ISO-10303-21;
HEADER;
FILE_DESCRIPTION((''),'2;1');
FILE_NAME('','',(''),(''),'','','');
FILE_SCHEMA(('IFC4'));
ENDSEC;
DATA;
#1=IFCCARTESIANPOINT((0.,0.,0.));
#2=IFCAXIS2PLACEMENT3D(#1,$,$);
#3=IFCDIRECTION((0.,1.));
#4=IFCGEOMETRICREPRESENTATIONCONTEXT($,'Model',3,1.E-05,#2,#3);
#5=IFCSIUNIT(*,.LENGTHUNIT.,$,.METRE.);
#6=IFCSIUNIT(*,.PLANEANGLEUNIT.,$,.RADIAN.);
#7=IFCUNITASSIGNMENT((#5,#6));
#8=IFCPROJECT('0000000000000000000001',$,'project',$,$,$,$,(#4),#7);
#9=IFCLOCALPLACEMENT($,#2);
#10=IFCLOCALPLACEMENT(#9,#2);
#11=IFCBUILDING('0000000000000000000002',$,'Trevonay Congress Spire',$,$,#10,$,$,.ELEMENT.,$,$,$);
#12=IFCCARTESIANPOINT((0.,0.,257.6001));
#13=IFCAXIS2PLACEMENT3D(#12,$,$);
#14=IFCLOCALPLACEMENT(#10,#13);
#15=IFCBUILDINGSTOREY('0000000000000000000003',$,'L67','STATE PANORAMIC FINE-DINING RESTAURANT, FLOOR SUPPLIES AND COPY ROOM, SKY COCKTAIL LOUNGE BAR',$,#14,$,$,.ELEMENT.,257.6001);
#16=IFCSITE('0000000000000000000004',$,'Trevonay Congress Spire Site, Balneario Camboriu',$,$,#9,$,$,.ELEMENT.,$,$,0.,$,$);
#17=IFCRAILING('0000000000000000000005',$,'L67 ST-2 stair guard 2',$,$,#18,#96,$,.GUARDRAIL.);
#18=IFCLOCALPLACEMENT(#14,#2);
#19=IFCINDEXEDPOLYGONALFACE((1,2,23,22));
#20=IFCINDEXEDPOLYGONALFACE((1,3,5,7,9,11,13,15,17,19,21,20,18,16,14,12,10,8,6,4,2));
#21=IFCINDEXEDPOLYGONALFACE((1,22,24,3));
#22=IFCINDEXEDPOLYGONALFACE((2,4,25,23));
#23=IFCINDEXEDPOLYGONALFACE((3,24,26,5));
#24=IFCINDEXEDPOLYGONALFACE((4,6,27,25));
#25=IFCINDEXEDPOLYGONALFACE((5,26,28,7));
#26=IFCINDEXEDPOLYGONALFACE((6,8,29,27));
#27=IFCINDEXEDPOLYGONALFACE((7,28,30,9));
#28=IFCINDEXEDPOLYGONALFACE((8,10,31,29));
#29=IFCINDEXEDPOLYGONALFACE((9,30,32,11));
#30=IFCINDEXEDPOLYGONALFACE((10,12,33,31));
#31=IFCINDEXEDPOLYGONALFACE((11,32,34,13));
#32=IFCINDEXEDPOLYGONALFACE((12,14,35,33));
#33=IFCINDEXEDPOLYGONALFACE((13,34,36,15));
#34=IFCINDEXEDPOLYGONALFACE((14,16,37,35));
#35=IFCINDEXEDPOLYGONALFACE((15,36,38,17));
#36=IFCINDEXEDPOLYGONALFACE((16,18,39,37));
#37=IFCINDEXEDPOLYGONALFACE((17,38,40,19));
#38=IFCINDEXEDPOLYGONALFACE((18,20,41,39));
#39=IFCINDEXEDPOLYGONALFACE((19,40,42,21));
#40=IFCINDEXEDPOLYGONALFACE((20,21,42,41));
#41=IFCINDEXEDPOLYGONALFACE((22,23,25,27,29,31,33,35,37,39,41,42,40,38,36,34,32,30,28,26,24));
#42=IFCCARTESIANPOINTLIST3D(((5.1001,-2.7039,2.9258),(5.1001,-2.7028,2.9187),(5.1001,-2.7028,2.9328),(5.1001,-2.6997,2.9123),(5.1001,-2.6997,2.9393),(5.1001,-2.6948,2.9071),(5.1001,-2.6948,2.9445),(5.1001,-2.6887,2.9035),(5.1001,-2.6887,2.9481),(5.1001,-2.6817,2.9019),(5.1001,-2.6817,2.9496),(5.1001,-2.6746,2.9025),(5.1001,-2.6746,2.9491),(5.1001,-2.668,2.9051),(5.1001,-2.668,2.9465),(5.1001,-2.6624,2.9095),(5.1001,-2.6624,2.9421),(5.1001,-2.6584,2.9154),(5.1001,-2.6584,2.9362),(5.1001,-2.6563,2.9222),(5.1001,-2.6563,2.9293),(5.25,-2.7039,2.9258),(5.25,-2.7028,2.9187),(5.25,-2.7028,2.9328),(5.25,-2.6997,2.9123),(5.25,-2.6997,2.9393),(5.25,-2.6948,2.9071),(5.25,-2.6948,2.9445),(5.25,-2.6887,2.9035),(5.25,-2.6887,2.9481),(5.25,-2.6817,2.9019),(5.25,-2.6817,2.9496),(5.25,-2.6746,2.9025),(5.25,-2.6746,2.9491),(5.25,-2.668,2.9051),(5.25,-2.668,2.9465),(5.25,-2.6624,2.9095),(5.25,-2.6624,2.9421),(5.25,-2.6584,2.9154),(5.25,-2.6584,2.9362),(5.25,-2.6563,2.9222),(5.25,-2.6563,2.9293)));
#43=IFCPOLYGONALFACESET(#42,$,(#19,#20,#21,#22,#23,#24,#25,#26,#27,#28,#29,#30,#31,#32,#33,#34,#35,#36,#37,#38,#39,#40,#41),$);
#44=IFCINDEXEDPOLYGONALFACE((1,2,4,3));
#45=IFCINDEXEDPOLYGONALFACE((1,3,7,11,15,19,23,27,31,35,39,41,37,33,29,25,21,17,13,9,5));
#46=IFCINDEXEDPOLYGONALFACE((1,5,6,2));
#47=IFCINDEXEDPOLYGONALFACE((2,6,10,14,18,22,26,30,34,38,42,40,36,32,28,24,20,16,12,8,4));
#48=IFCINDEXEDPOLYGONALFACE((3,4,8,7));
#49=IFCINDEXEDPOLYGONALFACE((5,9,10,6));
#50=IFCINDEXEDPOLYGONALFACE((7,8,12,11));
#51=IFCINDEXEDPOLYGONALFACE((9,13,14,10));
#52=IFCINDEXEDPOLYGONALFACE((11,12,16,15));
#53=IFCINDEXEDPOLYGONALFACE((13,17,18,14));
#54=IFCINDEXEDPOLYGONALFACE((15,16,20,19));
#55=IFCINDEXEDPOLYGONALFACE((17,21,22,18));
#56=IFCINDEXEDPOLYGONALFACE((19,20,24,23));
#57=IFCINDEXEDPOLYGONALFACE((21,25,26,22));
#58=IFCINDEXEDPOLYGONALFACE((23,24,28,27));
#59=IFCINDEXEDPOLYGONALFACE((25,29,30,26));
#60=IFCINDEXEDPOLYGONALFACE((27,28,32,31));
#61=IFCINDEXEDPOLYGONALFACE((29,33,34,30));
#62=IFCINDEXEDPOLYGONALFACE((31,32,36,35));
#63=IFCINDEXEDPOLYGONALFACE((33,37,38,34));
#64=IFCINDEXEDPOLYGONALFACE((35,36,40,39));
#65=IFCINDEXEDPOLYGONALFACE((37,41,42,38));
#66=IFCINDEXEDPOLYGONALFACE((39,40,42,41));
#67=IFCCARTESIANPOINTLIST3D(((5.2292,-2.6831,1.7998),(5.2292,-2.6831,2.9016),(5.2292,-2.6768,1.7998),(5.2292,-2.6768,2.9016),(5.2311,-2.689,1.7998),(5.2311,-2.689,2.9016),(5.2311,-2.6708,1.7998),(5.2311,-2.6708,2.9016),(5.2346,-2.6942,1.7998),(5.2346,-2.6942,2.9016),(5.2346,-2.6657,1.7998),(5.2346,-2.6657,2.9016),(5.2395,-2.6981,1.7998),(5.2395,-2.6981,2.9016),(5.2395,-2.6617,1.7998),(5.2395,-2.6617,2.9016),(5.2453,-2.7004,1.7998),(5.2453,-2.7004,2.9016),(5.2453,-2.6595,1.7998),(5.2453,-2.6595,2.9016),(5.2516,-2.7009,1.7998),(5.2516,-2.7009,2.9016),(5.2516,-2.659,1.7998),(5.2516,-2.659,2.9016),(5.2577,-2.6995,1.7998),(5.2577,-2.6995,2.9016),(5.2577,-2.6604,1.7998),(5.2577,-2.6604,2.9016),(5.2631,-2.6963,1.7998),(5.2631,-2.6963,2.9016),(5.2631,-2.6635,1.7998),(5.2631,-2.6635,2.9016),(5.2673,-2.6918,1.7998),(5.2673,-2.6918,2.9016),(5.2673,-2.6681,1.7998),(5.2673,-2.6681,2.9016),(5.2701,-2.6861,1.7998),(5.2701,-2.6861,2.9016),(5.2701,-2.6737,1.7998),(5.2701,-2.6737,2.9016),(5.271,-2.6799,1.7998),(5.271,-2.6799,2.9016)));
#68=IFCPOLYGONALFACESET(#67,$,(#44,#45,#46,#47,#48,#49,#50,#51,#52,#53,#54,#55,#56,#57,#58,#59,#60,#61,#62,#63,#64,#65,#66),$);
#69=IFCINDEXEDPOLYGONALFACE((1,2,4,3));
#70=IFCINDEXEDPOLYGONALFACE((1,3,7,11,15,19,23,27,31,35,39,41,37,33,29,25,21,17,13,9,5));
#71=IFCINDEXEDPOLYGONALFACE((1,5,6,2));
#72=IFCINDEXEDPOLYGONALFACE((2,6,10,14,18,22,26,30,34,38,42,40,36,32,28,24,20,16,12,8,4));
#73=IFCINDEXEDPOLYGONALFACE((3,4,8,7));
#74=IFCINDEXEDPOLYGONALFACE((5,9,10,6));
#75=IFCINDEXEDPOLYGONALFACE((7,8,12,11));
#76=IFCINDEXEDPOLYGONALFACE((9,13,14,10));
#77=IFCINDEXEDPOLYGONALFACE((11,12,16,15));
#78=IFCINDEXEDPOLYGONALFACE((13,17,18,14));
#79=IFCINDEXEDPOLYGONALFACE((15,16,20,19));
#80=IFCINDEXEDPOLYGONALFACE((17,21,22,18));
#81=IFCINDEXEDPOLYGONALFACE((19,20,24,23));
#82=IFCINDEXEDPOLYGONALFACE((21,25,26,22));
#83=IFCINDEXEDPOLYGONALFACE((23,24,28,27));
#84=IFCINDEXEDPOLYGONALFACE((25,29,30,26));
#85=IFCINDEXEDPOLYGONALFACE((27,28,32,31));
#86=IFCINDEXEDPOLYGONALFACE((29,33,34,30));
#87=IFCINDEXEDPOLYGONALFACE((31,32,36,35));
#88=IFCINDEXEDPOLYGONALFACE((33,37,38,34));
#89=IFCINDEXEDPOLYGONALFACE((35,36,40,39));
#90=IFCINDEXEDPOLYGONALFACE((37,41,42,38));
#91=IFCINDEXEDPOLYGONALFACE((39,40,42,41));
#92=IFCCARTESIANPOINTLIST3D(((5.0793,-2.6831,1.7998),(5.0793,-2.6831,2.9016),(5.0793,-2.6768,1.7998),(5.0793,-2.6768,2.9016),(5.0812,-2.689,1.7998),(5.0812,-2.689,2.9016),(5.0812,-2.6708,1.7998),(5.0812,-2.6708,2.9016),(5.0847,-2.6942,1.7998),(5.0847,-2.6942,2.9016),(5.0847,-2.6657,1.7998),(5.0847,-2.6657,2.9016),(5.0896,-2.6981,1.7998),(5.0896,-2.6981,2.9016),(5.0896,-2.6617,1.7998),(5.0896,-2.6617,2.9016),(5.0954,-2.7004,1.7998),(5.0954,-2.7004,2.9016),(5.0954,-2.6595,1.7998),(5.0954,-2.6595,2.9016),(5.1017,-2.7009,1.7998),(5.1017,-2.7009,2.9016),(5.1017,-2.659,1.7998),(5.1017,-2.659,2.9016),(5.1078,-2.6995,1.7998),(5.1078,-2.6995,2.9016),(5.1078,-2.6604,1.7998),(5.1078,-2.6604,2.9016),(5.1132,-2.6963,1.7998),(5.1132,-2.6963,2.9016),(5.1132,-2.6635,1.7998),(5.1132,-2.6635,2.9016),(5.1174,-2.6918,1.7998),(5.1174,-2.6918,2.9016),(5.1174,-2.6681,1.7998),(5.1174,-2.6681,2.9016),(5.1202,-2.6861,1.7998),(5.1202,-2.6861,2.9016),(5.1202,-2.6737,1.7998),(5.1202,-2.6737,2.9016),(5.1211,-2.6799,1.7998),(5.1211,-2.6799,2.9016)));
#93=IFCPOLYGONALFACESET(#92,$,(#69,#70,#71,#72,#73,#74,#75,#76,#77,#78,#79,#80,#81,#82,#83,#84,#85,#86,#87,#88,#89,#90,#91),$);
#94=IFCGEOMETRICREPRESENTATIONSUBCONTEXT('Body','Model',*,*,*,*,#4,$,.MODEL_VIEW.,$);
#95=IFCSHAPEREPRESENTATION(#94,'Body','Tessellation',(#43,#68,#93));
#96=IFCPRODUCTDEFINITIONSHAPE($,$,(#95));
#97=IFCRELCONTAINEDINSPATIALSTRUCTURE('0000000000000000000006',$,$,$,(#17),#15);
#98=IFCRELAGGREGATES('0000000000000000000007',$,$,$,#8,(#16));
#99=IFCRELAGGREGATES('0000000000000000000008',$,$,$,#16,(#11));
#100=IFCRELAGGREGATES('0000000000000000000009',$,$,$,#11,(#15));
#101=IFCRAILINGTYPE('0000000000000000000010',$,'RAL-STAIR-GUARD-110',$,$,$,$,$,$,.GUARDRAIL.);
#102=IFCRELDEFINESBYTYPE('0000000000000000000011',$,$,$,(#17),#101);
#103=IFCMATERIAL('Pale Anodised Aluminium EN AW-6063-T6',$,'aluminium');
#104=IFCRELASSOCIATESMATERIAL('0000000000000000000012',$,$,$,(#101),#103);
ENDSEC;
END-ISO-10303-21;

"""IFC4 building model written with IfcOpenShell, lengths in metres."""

from ifc_helpers import new_model, si_unit, direction, frame, origin, origin_2d, place, context, subcontext, project, spatial, circle, extrude, material, type_object, element, save


model = new_model("IFC4")

# Units and contexts
model_context = context("Model", 3, precision=1e-05, world=origin(), true_north=direction((0.0, 1.0)))
body_context = subcontext(model_context, "Body", "Model", "MODEL_VIEW")
ifc_project = project(units=[si_unit("LENGTHUNIT", "METRE"), si_unit("PLANEANGLEUNIT", "RADIAN")], contexts=[model_context])

# Site, building, storey
site_placement = place(None, origin())
site = spatial("IfcSite", under=ifc_project, at=site_placement, Name="Trevonay Congress Spire Site, Balneario Camboriu", CompositionType="ELEMENT", RefElevation=0.0)
building_placement = place(site_placement, origin())
building = spatial("IfcBuilding", under=site, at=building_placement, Name="Trevonay Congress Spire", CompositionType="ELEMENT")
storey_placement = place(building_placement, frame((0.0, 0.0, 257.6001)))
storey = spatial("IfcBuildingStorey", under=building, at=storey_placement, Name="L67", Description="STATE PANORAMIC FINE-DINING RESTAURANT, FLOOR SUPPLIES AND COPY ROOM, SKY COCKTAIL LOUNGE BAR", CompositionType="ELEMENT", Elevation=257.6001)

# Shared definitions
ifc_material_1 = material(Name="Pale Anodised Aluminium EN AW-6063-T6", Category="aluminium")

# Railing
railing_type_1 = type_object("IfcRailingType", Name="RAL-STAIR-GUARD-110", PredefinedType="GUARDRAIL", material=ifc_material_1)
railing_1_placement = place(storey_placement, frame((5.25, -2.6799, 1.7998)))
element("IfcRailing", 1, at=railing_1_placement, inside=storey, type_object=railing_type_1, Name="L67 ST-2 stair guard 2", PredefinedType="GUARDRAIL", context=body_context, shape_type="SweptSolid", body=[
    extrude(circle(Radius=0.0239, at=origin_2d()), frame((0.0, 0.0, 1.126), z_axis=(-1.0, 0.0, 0.0), x_axis=(0.0, -1.0, 0.0)), (0.0, 0.0, 1.0), 0.1499),
    extrude(circle(Radius=0.021, at=origin_2d()), origin(), (0.0, 0.0, 1.0), 1.1018),
    extrude(circle(Radius=0.021, at=origin_2d()), frame((-0.1499, 0.0, 0.0)), (0.0, 0.0, 1.0), 1.1018),
])

save(model, "model.ifc")
